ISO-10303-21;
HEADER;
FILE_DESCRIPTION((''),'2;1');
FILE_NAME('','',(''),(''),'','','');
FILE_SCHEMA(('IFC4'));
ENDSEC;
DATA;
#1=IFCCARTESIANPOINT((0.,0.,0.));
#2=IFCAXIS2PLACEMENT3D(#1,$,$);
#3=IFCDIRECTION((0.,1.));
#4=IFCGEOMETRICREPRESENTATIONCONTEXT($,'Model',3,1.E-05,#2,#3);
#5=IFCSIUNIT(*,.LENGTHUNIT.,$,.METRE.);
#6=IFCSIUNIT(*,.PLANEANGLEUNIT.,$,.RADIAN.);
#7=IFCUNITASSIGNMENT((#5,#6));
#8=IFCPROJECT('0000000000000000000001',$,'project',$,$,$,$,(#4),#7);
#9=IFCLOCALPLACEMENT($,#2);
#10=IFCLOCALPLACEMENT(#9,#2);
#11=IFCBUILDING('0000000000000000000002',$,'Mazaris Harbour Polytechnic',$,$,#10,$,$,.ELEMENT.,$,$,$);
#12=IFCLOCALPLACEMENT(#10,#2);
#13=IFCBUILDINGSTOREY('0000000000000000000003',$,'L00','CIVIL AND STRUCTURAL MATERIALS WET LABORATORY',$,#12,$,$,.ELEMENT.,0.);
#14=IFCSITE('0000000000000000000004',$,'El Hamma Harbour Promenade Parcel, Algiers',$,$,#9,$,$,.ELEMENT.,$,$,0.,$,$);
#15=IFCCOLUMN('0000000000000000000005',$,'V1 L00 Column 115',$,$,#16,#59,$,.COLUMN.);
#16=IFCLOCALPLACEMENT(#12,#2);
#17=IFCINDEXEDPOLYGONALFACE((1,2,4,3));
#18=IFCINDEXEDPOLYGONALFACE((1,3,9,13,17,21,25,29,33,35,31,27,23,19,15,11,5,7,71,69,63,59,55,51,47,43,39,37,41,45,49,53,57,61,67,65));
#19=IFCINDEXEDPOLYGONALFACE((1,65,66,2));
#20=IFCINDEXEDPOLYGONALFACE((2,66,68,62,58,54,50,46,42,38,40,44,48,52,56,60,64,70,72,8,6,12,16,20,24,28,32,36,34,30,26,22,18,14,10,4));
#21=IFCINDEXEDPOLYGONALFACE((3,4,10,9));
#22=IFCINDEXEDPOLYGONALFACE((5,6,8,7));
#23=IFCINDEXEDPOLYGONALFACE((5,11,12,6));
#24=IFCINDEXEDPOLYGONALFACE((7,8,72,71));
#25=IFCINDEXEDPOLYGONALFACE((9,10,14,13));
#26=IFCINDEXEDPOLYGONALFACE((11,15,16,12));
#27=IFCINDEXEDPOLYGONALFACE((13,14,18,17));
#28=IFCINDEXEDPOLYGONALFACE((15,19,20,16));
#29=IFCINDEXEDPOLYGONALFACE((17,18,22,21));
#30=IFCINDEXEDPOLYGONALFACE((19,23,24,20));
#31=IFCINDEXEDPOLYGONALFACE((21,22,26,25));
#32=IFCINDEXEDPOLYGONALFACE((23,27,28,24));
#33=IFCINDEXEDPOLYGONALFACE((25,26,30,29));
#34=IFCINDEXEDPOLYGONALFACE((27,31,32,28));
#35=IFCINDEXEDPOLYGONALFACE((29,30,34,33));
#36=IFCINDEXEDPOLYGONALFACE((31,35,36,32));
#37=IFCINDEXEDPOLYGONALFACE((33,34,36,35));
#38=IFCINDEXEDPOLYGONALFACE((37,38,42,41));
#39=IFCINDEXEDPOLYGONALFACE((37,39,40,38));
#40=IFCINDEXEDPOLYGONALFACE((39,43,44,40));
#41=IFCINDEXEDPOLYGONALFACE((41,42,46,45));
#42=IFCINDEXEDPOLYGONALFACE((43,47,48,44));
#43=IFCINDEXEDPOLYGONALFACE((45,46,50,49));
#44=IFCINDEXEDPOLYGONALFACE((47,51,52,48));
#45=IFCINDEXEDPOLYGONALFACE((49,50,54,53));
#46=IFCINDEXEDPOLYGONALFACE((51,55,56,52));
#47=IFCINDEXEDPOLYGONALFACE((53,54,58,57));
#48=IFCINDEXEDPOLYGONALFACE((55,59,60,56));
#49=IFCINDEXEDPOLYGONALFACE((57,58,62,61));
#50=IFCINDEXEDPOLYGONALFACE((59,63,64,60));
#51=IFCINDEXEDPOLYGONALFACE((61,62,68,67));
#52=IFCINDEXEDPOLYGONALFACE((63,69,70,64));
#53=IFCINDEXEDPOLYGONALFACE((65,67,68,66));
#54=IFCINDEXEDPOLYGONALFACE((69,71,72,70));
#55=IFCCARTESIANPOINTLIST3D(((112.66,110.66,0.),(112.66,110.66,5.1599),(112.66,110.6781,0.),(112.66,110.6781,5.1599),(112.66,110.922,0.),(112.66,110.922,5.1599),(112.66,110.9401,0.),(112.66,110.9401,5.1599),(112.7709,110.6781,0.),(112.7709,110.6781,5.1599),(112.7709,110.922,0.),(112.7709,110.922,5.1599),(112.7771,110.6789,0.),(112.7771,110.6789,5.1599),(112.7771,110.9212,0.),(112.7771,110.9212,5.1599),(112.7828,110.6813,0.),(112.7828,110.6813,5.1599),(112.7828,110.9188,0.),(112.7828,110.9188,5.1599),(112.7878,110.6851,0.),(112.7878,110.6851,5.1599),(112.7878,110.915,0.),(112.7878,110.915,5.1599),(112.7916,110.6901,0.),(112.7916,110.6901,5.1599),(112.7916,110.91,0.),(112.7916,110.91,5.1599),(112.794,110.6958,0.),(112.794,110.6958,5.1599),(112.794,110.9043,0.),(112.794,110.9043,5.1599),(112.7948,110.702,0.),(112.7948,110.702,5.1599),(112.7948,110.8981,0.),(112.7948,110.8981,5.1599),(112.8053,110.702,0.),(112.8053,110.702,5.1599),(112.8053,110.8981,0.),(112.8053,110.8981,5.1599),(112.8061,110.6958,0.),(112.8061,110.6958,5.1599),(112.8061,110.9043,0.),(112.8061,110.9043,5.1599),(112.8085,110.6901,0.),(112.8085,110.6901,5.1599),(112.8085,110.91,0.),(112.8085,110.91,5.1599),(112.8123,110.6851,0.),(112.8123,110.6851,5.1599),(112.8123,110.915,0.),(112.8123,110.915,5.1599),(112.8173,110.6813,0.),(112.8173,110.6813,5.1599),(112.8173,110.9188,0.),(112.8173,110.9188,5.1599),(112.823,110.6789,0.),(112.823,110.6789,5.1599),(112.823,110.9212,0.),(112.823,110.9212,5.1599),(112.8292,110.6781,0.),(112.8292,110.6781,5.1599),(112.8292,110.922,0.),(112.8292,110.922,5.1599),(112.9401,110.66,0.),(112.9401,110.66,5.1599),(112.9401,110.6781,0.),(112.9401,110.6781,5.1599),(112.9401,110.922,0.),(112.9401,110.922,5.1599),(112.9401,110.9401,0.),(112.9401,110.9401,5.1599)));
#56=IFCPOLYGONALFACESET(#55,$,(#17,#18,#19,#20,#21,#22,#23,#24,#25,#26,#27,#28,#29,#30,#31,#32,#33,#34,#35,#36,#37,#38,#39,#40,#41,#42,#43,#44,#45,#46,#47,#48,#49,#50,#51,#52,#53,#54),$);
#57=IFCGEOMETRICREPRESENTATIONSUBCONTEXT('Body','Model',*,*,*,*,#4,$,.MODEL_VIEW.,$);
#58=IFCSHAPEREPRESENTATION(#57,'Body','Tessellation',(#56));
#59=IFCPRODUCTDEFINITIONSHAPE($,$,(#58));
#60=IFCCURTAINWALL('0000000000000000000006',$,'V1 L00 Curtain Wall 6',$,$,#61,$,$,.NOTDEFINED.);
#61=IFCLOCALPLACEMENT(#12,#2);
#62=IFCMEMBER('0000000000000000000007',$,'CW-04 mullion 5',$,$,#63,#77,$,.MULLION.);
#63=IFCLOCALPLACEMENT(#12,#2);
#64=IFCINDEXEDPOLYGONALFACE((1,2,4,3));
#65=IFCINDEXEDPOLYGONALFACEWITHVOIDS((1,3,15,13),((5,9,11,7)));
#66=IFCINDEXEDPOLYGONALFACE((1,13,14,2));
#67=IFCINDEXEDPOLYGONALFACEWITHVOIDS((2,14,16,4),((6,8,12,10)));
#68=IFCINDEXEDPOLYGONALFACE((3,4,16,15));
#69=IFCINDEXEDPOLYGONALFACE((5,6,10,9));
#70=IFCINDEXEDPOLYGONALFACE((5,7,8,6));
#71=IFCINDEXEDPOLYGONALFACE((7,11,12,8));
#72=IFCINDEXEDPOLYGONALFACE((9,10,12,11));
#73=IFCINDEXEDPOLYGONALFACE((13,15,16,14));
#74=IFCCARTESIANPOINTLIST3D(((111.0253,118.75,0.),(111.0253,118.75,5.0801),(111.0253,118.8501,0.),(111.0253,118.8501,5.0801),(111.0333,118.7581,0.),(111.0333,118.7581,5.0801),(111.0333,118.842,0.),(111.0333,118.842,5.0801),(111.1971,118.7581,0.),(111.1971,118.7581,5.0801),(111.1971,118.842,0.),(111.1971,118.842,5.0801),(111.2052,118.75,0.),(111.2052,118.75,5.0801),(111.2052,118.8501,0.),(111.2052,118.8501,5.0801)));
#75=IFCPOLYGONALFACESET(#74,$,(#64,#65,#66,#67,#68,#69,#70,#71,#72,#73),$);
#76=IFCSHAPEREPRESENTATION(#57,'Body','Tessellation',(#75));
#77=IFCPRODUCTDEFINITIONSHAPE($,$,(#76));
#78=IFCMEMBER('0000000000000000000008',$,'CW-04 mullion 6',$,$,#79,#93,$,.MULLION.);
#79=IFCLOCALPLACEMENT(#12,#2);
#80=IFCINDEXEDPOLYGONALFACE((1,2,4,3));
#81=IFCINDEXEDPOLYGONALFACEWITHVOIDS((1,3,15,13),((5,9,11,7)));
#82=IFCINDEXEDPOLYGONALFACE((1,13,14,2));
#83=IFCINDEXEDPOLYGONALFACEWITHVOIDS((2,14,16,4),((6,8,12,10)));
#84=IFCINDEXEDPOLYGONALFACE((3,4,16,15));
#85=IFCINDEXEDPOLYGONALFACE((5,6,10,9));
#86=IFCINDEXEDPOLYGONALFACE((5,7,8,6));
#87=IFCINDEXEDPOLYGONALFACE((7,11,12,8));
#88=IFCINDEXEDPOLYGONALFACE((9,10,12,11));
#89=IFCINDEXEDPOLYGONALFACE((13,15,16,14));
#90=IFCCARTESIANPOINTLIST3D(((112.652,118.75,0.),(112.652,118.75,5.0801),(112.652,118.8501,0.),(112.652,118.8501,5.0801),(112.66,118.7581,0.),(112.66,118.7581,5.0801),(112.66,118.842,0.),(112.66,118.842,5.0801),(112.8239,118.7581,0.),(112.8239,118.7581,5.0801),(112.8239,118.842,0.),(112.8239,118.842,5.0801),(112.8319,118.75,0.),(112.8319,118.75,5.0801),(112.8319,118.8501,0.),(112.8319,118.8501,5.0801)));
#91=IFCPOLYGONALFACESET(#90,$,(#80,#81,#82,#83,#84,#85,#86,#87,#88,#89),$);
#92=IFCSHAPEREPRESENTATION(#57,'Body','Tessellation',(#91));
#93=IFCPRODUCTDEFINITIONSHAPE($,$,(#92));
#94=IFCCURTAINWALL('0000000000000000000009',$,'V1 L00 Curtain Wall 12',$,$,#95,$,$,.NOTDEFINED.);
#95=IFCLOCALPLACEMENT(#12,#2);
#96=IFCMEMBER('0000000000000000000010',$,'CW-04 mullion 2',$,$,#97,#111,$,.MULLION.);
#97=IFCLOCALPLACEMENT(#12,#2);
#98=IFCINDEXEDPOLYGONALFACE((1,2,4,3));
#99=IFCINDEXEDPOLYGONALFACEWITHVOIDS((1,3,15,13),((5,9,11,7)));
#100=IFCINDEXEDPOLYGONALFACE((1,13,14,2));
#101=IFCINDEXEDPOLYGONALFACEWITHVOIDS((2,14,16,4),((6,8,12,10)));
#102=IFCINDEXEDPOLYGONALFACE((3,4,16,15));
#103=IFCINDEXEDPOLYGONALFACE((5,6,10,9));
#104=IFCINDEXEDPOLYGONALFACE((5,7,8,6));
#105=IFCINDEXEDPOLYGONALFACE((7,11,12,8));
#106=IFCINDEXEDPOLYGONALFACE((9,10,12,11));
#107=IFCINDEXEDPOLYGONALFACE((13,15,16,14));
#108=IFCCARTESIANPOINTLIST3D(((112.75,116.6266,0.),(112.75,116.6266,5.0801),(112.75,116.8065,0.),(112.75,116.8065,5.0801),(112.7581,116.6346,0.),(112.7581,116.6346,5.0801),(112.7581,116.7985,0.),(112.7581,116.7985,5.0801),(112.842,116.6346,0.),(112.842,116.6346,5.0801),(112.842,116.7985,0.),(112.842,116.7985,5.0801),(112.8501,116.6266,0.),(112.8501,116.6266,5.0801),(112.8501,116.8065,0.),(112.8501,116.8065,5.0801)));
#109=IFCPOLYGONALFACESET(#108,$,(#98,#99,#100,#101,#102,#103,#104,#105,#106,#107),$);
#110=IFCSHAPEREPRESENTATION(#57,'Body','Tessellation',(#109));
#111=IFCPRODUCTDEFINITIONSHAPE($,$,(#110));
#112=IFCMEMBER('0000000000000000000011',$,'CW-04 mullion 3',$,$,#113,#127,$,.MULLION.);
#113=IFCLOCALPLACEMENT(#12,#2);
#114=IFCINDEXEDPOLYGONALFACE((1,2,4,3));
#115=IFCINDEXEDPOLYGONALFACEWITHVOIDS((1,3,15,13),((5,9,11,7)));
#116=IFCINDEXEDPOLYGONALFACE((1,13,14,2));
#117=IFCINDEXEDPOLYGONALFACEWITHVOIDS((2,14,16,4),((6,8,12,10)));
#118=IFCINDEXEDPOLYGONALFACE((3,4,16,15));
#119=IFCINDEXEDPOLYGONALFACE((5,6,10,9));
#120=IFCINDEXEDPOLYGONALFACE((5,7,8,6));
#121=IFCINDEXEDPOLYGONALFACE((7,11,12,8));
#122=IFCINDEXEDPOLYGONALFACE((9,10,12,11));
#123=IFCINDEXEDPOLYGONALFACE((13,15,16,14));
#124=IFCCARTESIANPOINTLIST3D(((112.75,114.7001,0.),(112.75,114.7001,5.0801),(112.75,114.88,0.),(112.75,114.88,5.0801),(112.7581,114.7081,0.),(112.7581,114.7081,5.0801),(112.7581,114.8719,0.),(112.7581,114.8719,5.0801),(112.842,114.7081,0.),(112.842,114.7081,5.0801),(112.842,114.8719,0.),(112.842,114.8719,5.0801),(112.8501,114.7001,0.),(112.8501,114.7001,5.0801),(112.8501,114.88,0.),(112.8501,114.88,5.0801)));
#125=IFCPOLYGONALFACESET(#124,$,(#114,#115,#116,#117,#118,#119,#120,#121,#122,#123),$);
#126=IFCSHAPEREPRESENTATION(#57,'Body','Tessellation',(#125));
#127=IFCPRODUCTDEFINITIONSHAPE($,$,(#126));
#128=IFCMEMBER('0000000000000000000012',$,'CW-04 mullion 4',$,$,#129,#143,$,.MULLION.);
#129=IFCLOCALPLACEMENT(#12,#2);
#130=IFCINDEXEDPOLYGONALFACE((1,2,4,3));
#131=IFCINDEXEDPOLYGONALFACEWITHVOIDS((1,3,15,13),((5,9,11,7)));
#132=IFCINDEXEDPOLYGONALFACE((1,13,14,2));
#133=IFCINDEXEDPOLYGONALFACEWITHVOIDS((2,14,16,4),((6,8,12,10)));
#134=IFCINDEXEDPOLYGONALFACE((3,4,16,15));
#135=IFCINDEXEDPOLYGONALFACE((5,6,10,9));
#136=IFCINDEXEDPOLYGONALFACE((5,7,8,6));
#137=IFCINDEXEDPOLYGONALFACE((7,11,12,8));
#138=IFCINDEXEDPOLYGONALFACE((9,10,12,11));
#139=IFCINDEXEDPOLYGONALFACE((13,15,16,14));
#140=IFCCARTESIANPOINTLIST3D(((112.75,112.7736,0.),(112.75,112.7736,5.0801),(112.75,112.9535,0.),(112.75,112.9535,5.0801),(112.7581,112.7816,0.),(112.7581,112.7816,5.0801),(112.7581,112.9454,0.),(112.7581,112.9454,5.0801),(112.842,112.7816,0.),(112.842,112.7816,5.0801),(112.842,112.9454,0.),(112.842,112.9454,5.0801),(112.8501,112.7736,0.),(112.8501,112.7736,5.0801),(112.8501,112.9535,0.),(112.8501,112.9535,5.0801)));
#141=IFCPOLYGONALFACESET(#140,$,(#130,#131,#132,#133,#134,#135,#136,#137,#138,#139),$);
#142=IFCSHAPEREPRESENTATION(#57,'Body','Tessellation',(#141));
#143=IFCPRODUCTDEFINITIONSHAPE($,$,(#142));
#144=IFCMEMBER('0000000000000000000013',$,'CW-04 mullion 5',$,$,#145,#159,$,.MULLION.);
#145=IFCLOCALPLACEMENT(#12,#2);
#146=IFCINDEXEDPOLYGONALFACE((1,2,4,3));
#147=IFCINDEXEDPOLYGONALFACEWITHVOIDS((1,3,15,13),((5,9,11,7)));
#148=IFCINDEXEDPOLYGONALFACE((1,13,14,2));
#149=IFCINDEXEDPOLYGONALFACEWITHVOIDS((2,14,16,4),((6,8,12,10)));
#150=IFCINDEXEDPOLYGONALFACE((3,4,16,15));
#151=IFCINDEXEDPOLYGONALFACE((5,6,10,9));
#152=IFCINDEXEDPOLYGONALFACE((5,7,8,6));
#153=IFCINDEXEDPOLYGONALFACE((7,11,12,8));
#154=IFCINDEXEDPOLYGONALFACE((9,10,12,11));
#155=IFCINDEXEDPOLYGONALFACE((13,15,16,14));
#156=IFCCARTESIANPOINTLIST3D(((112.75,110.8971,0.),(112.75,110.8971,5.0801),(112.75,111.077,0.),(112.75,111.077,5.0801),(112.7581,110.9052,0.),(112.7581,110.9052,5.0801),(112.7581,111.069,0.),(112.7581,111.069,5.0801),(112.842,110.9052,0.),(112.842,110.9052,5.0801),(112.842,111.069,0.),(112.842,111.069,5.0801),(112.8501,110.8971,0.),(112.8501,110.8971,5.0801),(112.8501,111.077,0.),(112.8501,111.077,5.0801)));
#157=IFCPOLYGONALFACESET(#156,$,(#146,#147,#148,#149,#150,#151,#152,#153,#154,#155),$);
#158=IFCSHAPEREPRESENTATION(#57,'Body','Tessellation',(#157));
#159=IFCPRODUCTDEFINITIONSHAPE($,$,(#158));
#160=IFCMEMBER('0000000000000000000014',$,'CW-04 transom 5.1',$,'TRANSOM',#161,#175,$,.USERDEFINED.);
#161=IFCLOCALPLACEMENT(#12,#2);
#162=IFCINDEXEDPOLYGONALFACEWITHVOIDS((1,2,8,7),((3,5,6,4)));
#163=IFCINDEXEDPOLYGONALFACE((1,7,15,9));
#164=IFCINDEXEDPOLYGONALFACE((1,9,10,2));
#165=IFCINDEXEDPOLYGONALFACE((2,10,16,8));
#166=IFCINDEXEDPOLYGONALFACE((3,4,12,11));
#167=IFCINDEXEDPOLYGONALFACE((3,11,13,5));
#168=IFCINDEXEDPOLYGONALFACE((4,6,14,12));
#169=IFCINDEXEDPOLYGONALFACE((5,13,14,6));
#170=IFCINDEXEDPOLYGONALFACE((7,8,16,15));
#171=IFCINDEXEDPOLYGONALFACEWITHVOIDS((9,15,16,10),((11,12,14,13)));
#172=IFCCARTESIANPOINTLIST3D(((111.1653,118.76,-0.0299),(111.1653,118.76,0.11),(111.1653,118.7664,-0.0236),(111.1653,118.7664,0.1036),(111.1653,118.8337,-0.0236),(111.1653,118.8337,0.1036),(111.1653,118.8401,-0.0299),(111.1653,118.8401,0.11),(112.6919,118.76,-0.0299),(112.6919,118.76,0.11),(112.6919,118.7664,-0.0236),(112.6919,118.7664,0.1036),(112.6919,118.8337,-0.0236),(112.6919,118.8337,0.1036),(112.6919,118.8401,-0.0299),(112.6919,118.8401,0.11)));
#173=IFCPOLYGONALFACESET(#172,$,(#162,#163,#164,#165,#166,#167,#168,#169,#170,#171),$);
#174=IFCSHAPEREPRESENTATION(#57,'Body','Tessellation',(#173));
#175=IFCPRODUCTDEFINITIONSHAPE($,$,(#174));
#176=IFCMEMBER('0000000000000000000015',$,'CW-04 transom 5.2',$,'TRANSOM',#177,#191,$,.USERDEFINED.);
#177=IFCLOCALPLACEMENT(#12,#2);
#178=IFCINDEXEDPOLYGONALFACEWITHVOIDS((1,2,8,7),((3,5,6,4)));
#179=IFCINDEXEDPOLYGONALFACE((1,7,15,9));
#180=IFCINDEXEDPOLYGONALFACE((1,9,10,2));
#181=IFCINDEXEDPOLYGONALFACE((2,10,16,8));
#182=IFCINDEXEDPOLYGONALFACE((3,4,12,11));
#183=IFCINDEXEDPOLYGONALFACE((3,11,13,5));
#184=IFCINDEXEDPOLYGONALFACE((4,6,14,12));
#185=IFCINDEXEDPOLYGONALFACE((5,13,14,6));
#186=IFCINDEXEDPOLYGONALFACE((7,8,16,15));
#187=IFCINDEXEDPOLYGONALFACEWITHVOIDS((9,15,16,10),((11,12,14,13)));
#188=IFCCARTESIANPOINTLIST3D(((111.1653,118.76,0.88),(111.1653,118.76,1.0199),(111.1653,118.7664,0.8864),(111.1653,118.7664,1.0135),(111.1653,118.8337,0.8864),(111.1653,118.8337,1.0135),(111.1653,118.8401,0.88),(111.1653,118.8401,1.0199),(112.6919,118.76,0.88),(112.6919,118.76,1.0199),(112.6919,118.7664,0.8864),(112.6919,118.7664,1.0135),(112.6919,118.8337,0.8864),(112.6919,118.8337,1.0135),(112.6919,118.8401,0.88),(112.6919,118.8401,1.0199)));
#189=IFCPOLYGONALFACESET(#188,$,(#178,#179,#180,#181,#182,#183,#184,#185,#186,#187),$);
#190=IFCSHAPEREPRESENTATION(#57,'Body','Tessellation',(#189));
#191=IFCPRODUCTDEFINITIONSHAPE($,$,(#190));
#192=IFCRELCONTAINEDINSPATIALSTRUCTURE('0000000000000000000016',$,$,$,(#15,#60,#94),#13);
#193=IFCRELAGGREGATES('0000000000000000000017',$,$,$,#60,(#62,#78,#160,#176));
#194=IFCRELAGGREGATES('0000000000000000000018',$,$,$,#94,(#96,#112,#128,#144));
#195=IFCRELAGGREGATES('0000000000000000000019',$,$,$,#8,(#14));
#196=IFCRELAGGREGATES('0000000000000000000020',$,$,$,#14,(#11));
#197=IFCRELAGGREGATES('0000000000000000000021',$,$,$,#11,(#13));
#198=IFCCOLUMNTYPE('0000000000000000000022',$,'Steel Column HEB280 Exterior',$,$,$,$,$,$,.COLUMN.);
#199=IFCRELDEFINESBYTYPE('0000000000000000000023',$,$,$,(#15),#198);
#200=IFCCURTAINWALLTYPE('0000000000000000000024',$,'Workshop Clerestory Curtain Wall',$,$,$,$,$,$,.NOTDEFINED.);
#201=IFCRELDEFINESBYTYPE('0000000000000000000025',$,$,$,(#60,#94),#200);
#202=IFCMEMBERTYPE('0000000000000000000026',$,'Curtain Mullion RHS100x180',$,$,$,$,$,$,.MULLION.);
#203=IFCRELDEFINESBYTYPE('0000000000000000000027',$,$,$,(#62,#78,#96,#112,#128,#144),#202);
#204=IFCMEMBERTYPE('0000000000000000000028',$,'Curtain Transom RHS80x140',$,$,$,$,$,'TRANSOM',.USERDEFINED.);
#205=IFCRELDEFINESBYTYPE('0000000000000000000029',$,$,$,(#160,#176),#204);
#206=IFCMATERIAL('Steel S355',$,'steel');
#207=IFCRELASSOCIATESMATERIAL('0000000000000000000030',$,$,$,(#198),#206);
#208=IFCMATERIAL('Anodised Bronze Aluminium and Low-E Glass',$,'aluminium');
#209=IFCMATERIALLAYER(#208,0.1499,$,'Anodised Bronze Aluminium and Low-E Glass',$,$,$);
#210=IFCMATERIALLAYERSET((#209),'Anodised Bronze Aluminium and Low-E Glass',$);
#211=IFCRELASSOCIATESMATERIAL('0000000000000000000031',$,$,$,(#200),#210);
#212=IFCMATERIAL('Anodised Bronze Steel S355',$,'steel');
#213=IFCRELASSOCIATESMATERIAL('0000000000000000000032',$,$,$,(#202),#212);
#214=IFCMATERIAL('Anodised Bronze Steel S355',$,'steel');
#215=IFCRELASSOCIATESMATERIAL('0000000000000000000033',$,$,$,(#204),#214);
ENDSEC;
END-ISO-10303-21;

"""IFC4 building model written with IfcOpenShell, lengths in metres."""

from ifc_helpers import new_model, si_unit, direction, frame, origin, origin_2d, place, context, subcontext, project, spatial, hollow_rectangle, i_section, extrude, material, layer, layer_set, material_profile, profile_set, type_object, element, aggregate, save


model = new_model("IFC4")

# Units and contexts
model_context = context("Model", 3, precision=1e-05, world=origin(), true_north=direction((0.0, 1.0)))
body_context = subcontext(model_context, "Body", "Model", "MODEL_VIEW")
ifc_project = project(units=[si_unit("LENGTHUNIT", "METRE"), si_unit("PLANEANGLEUNIT", "RADIAN")], contexts=[model_context])

# Site, building, storey
site_placement = place(None, origin())
site = spatial("IfcSite", under=ifc_project, at=site_placement, Name="El Hamma Harbour Promenade Parcel, Algiers", CompositionType="ELEMENT", RefElevation=0.0)
building_placement = place(site_placement, origin())
building = spatial("IfcBuilding", under=site, at=building_placement, Name="Mazaris Harbour Polytechnic", CompositionType="ELEMENT")
storey_placement = place(building_placement, origin())
storey = spatial("IfcBuildingStorey", under=building, at=storey_placement, Name="L00", Description="CIVIL AND STRUCTURAL MATERIALS WET LABORATORY", CompositionType="ELEMENT", Elevation=0.0)

# Column
ifc_material_1 = material(Name="Steel S355", Category="steel")
ifc_material_profile_1 = material_profile(ifc_material_1, i_section(OverallWidth=0.28, OverallDepth=0.28, WebThickness=0.0105, FlangeThickness=0.0181, FilletRadius=0.0239, at=origin_2d()), Name="HEB 280")
ifc_profile_set_1 = profile_set([ifc_material_profile_1], Name="Steel S355")
column_type = type_object("IfcColumnType", Name="Steel Column HEB280 Exterior", PredefinedType="COLUMN", material=ifc_profile_set_1)
column_placement = place(storey_placement, frame((112.8, 110.8, 0.0), z_axis=(0.0, 0.0, 1.0), x_axis=(1.0, 0.0, 0.0)))
element("IfcColumn", 1, at=column_placement, inside=storey, type_object=column_type, Name="V1 L00 Column 115", PredefinedType="COLUMN", context=body_context, shape_type="SweptSolid", body=[
    extrude(i_section(OverallWidth=0.28, OverallDepth=0.28, WebThickness=0.0105, FlangeThickness=0.0181, FilletRadius=0.0239, at=origin_2d()), origin(), (0.0, 0.0, 1.0), 5.1599),
])

# Curtain walls, members
ifc_material_2 = material(Name="Anodised Bronze Aluminium and Low-E Glass", Category="aluminium")
ifc_layer_1 = layer(ifc_material_2, 0.1499, Name="Anodised Bronze Aluminium and Low-E Glass")
ifc_layer_set_1 = layer_set([ifc_layer_1], Name="Anodised Bronze Aluminium and Low-E Glass")
curtain_wall_type = type_object("IfcCurtainWallType", Name="Workshop Clerestory Curtain Wall", PredefinedType="NOTDEFINED", material=ifc_layer_set_1)
curtain_wall_1_placement = place(storey_placement, origin())
curtain_wall_1 = element("IfcCurtainWall", 2, at=curtain_wall_1_placement, inside=storey, type_object=curtain_wall_type, Name="V1 L00 Curtain Wall 6", PredefinedType="NOTDEFINED")
ifc_material_3 = material(Name="Anodised Bronze Steel S355", Category="steel")
ifc_material_profile_2 = material_profile(ifc_material_3, hollow_rectangle(XDim=0.1001, YDim=0.1799, WallThickness=0.0081, at=origin_2d()), Name="RHS 100x180x8.0")
ifc_profile_set_2 = profile_set([ifc_material_profile_2], Name="Anodised Bronze Steel S355")
member_type_1 = type_object("IfcMemberType", Name="Curtain Mullion RHS100x180", PredefinedType="MULLION", material=ifc_profile_set_2)
member_1_placement = place(storey_placement, frame((111.1152, 118.8, 0.0), z_axis=(0.0, 0.0, 1.0), x_axis=(0.0, 1.0, 0.0)))
member_1 = element("IfcMember", 3, at=member_1_placement, type_object=member_type_1, Name="CW-04 mullion 5", PredefinedType="MULLION", context=body_context, shape_type="SweptSolid", body=[
    extrude(hollow_rectangle(XDim=0.1001, YDim=0.1799, WallThickness=0.0081, at=origin_2d()), origin(), (0.0, 0.0, 1.0), 5.0801),
])
member_2_placement = place(storey_placement, frame((112.7419, 118.8, 0.0), z_axis=(0.0, 0.0, 1.0), x_axis=(0.0, 1.0, 0.0)))
member_2 = element("IfcMember", 4, at=member_2_placement, type_object=member_type_1, Name="CW-04 mullion 6", PredefinedType="MULLION", context=body_context, shape_type="SweptSolid", body=[
    extrude(hollow_rectangle(XDim=0.1001, YDim=0.1799, WallThickness=0.0081, at=origin_2d()), origin(), (0.0, 0.0, 1.0), 5.0801),
])
curtain_wall_2_placement = place(storey_placement, origin())
curtain_wall_2 = element("IfcCurtainWall", 5, at=curtain_wall_2_placement, inside=storey, type_object=curtain_wall_type, Name="V1 L00 Curtain Wall 12", PredefinedType="NOTDEFINED")
member_3_placement = place(storey_placement, frame((112.8, 116.7166, 0.0), z_axis=(0.0, 0.0, 1.0), x_axis=(1.0, 0.0, 0.0)))
member_3 = element("IfcMember", 6, at=member_3_placement, type_object=member_type_1, Name="CW-04 mullion 2", PredefinedType="MULLION", context=body_context, shape_type="SweptSolid", body=[
    extrude(hollow_rectangle(XDim=0.1001, YDim=0.1799, WallThickness=0.0081, at=origin_2d()), origin(), (0.0, 0.0, 1.0), 5.0801),
])
member_4_placement = place(storey_placement, frame((112.8, 114.79, 0.0), z_axis=(0.0, 0.0, 1.0), x_axis=(1.0, 0.0, 0.0)))
member_4 = element("IfcMember", 7, at=member_4_placement, type_object=member_type_1, Name="CW-04 mullion 3", PredefinedType="MULLION", context=body_context, shape_type="SweptSolid", body=[
    extrude(hollow_rectangle(XDim=0.1001, YDim=0.1799, WallThickness=0.0081, at=origin_2d()), origin(), (0.0, 0.0, 1.0), 5.0801),
])
member_5_placement = place(storey_placement, frame((112.8, 112.8635, 0.0), z_axis=(0.0, 0.0, 1.0), x_axis=(1.0, 0.0, 0.0)))
member_5 = element("IfcMember", 8, at=member_5_placement, type_object=member_type_1, Name="CW-04 mullion 4", PredefinedType="MULLION", context=body_context, shape_type="SweptSolid", body=[
    extrude(hollow_rectangle(XDim=0.1001, YDim=0.1799, WallThickness=0.0081, at=origin_2d()), origin(), (0.0, 0.0, 1.0), 5.0801),
])
member_6_placement = place(storey_placement, frame((112.8, 110.9871, 0.0), z_axis=(0.0, 0.0, 1.0), x_axis=(1.0, 0.0, 0.0)))
member_6 = element("IfcMember", 9, at=member_6_placement, type_object=member_type_1, Name="CW-04 mullion 5", PredefinedType="MULLION", context=body_context, shape_type="SweptSolid", body=[
    extrude(hollow_rectangle(XDim=0.1001, YDim=0.1799, WallThickness=0.0081, at=origin_2d()), origin(), (0.0, 0.0, 1.0), 5.0801),
])

# Members
ifc_material_4 = material(Name="Anodised Bronze Steel S355", Category="steel")
ifc_material_profile_3 = material_profile(ifc_material_4, hollow_rectangle(XDim=0.0801, YDim=0.1399, WallThickness=0.0063, at=origin_2d()), Name="RHS 80x140x6.3")
ifc_profile_set_3 = profile_set([ifc_material_profile_3], Name="Anodised Bronze Steel S355")
member_type_2 = type_object("IfcMemberType", Name="Curtain Transom RHS80x140", ElementType="TRANSOM", PredefinedType="USERDEFINED", material=ifc_profile_set_3)
member_7_placement = place(storey_placement, frame((111.1653, 118.8, 0.04), z_axis=(1.0, 0.0, 0.0), x_axis=(0.0, 1.0, 0.0)))
member_7 = element("IfcMember", 10, at=member_7_placement, type_object=member_type_2, Name="CW-04 transom 5.1", ObjectType="TRANSOM", PredefinedType="USERDEFINED", context=body_context, shape_type="SweptSolid", body=[
    extrude(hollow_rectangle(XDim=0.0801, YDim=0.1399, WallThickness=0.0063, at=origin_2d()), origin(), (0.0, 0.0, 1.0), 1.5266),
])
member_8_placement = place(storey_placement, frame((111.1653, 118.8, 0.95), z_axis=(1.0, 0.0, 0.0), x_axis=(0.0, 1.0, 0.0)))
member_8 = element("IfcMember", 11, at=member_8_placement, type_object=member_type_2, Name="CW-04 transom 5.2", ObjectType="TRANSOM", PredefinedType="USERDEFINED", context=body_context, shape_type="SweptSolid", body=[
    extrude(hollow_rectangle(XDim=0.0801, YDim=0.1399, WallThickness=0.0063, at=origin_2d()), origin(), (0.0, 0.0, 1.0), 1.5266),
])

aggregate(curtain_wall_1, [member_1, member_2, member_7, member_8])
aggregate(curtain_wall_2, [member_3, member_4, member_5, member_6])

save(model, "model.ifc")
